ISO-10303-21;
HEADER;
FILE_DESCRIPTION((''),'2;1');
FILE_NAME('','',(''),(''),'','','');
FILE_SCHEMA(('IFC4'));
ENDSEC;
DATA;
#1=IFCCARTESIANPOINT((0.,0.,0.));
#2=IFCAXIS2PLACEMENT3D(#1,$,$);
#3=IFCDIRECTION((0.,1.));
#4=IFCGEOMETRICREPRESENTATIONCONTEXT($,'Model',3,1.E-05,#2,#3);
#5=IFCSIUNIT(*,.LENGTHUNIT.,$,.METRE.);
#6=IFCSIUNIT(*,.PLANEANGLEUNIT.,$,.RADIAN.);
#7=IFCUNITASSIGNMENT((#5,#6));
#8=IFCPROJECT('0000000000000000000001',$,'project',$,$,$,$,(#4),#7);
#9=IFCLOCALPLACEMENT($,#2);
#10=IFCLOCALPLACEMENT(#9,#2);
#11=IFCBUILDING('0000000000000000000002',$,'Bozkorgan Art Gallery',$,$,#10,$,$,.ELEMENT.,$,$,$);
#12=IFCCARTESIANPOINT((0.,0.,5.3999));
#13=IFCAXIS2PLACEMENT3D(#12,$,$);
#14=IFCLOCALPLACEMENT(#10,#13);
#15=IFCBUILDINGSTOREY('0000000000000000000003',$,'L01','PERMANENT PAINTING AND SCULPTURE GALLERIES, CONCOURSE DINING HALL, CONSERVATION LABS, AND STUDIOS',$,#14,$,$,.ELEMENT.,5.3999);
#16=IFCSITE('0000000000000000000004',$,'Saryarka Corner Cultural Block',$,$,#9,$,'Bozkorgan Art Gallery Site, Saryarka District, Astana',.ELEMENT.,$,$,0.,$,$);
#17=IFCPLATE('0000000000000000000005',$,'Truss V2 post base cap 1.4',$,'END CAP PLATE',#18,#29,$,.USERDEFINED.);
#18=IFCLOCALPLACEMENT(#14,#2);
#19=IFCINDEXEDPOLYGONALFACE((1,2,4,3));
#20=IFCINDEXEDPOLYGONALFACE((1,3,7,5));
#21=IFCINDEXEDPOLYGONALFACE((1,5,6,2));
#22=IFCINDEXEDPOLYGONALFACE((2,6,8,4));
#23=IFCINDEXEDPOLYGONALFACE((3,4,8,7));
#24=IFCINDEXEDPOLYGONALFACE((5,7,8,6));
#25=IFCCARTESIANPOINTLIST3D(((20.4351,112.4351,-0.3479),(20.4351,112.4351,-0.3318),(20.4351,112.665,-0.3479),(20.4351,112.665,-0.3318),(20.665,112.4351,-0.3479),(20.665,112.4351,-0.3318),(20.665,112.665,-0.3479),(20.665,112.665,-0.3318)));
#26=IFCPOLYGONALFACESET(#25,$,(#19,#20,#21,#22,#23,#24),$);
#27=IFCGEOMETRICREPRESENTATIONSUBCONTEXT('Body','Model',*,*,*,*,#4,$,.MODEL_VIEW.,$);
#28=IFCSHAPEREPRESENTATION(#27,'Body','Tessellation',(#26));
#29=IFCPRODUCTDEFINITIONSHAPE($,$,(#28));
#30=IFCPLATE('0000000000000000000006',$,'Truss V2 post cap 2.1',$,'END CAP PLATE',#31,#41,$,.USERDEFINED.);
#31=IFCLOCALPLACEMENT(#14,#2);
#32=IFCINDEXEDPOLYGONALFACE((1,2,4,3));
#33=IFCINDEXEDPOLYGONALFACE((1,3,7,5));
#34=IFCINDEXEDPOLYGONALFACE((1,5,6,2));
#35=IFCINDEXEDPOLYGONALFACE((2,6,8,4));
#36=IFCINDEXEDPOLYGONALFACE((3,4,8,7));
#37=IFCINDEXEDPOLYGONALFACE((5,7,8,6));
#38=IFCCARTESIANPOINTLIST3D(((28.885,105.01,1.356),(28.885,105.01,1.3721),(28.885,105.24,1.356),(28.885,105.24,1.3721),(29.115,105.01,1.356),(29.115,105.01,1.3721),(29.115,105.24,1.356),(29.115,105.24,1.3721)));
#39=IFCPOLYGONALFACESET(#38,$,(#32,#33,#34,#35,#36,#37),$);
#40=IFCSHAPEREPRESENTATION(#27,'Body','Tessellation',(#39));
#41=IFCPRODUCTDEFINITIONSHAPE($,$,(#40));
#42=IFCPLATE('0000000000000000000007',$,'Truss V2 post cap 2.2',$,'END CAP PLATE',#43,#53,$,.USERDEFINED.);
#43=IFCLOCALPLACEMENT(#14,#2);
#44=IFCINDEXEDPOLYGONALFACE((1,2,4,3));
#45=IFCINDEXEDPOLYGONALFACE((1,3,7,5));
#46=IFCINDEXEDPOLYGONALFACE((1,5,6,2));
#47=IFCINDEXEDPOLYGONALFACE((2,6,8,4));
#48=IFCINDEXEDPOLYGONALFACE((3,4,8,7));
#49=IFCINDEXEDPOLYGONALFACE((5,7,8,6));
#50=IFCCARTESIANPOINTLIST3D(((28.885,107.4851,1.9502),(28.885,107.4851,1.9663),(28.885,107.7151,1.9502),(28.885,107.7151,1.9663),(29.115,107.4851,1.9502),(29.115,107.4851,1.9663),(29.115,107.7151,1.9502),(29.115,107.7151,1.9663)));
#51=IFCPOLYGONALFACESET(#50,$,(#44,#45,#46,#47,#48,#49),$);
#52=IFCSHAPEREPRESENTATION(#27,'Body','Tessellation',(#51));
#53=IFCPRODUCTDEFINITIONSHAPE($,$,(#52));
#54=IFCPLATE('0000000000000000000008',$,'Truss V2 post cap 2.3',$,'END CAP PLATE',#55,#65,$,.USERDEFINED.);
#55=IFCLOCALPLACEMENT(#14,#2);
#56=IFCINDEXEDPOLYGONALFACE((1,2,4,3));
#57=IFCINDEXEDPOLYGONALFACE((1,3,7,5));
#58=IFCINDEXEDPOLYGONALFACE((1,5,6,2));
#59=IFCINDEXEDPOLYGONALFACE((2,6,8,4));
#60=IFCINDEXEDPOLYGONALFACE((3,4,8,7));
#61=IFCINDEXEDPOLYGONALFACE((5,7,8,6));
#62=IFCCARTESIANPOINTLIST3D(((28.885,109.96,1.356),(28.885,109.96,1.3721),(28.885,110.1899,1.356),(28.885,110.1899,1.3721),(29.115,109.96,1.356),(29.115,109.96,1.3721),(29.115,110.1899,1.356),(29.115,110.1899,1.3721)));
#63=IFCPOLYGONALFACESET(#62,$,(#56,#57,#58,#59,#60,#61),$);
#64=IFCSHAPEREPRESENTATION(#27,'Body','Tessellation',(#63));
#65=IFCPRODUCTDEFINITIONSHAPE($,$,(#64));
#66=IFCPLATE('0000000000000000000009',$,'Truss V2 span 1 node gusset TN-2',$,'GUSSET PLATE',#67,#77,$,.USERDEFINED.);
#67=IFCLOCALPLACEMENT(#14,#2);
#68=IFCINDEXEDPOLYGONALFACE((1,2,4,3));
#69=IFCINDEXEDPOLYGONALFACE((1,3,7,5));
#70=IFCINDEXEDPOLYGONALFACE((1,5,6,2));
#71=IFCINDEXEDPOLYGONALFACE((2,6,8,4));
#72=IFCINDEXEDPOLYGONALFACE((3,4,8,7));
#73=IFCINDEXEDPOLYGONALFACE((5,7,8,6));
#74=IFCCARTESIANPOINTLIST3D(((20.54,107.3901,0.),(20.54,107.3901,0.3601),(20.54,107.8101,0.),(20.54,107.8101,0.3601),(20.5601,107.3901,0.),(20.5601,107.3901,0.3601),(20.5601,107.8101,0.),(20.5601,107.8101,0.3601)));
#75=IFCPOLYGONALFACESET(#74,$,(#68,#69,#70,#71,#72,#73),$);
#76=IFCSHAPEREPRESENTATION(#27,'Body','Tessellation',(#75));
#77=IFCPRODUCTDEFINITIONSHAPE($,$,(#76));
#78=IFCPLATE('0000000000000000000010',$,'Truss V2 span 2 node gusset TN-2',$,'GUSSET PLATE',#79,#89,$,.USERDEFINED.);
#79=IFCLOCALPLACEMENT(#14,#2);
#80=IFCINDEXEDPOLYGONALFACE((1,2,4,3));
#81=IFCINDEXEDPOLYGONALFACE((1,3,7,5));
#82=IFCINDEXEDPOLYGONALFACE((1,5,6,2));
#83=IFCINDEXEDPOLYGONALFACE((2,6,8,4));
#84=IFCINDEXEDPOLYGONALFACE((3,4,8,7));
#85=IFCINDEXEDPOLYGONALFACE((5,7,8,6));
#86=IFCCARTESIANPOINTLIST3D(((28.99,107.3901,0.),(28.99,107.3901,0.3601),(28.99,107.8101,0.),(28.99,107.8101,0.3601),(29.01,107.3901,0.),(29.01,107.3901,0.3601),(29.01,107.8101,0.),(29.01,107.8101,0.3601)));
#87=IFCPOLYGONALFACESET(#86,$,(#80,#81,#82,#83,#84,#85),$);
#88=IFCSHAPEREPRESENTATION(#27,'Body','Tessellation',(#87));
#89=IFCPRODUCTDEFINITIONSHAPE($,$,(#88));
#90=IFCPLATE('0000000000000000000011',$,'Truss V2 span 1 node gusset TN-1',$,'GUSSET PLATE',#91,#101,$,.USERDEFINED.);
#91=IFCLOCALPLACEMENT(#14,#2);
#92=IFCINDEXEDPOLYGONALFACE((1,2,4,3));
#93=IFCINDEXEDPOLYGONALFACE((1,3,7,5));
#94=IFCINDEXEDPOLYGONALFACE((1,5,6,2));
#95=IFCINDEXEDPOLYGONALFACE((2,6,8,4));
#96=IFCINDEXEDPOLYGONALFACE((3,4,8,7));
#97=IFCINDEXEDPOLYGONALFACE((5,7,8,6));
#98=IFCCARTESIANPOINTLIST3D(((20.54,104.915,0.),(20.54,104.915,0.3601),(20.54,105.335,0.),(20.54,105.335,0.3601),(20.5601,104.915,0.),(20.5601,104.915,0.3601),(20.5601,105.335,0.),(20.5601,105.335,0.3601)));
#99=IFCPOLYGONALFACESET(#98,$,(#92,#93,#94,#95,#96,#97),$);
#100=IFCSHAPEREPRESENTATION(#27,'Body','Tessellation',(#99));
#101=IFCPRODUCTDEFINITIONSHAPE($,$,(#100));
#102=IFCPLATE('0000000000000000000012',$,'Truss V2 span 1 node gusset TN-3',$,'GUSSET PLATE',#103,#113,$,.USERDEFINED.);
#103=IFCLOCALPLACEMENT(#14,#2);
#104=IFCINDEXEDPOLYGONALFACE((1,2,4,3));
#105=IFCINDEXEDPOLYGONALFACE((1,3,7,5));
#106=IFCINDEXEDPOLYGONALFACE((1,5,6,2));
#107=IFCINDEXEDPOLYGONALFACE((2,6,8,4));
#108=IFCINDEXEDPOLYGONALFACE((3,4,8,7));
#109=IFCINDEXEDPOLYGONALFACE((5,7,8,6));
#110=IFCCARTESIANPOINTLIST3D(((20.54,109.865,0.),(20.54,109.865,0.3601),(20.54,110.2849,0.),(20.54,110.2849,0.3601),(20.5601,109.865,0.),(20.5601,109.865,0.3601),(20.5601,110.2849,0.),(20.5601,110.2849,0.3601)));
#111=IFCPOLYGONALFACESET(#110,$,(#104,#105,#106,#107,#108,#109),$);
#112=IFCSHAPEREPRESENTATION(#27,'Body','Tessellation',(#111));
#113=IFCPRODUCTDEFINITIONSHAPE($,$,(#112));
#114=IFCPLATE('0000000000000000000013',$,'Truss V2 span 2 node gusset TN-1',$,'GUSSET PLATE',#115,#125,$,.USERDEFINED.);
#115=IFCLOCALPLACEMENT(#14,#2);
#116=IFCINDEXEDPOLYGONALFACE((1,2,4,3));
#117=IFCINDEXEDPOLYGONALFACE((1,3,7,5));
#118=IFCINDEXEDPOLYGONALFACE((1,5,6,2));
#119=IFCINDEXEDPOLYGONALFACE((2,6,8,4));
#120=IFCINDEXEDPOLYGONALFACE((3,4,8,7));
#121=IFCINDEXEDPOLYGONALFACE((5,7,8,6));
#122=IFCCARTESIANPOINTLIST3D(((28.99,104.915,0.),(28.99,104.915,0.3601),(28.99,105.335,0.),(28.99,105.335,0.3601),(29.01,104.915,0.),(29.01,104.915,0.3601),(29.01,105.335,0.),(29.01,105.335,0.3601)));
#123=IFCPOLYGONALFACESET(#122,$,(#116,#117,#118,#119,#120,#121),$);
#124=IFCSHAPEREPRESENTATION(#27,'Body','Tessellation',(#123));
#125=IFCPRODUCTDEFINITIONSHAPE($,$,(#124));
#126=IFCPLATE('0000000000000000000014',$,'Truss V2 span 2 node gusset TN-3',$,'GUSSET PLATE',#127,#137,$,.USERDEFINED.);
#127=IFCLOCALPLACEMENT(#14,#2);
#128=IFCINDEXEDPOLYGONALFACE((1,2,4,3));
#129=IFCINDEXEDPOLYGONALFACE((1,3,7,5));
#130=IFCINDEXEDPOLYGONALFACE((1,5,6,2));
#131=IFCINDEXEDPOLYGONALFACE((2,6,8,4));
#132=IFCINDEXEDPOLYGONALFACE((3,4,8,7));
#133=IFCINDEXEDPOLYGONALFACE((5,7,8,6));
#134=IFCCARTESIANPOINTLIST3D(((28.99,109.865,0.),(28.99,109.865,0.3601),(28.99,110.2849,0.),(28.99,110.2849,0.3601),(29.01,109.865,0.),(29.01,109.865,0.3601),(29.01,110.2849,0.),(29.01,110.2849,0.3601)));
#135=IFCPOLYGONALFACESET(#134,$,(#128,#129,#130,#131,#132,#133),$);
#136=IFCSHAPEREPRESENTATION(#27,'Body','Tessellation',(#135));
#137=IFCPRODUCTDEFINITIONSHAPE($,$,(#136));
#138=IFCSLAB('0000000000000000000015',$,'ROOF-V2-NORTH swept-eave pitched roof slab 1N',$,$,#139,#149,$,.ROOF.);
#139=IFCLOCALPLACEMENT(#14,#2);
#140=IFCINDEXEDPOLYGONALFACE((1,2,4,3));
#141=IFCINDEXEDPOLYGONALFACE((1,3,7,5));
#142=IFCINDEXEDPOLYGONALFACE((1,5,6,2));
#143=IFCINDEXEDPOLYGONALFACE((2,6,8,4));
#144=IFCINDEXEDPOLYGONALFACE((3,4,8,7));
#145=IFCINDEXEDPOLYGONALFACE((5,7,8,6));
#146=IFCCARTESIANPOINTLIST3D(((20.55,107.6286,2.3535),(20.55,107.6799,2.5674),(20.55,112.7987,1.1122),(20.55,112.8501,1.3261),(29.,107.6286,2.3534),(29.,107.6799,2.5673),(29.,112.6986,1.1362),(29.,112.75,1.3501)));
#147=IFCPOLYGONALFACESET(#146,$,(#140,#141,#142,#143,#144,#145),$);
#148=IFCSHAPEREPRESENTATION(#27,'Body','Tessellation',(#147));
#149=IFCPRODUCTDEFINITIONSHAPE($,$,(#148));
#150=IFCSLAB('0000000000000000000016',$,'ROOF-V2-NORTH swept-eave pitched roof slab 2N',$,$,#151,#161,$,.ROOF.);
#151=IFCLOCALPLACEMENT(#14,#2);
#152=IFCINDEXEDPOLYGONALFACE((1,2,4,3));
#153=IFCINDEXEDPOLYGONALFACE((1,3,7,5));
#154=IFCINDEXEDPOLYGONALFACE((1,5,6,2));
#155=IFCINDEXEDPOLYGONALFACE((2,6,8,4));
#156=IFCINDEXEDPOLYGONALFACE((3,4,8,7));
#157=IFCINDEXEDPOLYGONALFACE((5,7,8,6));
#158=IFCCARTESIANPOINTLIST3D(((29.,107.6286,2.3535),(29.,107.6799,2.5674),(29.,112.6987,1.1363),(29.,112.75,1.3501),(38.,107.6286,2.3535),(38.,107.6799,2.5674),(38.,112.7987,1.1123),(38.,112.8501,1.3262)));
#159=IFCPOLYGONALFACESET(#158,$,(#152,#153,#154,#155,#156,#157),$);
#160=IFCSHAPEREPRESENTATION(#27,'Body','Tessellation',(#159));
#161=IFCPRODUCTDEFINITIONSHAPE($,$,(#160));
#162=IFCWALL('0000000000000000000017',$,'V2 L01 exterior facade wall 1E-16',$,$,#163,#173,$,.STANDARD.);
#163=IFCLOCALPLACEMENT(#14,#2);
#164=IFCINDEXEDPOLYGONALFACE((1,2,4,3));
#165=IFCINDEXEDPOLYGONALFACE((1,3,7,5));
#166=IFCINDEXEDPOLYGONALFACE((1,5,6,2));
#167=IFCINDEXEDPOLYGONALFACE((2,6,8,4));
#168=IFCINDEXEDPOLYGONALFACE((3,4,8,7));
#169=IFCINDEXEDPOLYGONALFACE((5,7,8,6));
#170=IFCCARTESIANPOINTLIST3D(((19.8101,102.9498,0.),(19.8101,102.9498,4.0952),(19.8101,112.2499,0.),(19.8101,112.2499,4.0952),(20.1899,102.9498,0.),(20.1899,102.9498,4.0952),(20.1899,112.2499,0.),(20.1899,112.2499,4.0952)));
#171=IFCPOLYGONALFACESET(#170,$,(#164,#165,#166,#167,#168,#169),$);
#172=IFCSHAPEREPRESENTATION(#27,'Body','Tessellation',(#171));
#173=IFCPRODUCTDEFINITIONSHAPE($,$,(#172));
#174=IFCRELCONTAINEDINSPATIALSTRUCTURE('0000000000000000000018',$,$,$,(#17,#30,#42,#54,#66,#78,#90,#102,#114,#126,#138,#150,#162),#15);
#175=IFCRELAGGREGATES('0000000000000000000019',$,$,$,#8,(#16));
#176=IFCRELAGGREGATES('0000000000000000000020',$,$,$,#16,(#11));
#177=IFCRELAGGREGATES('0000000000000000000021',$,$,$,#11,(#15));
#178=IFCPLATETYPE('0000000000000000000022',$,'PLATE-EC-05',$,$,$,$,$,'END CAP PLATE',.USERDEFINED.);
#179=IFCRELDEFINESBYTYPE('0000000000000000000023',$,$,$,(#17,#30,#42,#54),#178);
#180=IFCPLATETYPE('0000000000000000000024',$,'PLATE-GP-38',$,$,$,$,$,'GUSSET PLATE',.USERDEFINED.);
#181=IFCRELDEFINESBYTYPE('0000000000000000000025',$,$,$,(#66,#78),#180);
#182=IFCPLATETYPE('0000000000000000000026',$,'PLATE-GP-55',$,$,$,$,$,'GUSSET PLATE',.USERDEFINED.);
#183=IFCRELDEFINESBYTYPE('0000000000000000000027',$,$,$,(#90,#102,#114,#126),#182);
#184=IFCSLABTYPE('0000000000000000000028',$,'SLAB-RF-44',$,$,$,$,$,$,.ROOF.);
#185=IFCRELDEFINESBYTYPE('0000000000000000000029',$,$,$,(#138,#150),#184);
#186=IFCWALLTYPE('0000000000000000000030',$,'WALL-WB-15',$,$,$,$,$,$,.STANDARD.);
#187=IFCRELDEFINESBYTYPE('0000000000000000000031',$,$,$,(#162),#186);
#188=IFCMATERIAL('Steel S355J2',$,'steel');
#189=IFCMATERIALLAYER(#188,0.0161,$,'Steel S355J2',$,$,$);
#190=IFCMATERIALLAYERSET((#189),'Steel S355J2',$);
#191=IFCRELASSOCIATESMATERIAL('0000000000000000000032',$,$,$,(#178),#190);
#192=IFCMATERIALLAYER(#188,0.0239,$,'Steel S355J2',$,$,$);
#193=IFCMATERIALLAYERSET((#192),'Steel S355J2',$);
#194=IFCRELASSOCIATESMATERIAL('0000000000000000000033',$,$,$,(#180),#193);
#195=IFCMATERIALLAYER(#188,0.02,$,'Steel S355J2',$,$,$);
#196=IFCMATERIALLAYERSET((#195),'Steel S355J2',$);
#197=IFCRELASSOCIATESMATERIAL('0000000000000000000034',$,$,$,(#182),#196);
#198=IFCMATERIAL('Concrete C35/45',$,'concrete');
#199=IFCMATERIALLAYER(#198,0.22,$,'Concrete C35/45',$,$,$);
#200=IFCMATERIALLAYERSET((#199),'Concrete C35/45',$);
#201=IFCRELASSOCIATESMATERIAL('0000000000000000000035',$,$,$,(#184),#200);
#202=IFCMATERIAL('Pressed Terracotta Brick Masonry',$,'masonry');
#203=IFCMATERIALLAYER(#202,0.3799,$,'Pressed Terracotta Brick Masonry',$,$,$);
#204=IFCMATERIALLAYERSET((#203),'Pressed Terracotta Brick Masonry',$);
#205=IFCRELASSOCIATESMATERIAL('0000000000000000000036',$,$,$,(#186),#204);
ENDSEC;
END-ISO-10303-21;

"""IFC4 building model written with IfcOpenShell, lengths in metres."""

from ifc_helpers import new_model, si_unit, direction, frame, frame_2d, origin, origin_2d, place, context, subcontext, project, spatial, polyline, rectangle, outline, extrude, material, layer, layer_set, type_object, element, save


model = new_model("IFC4")

# Units and contexts
model_context = context("Model", 3, precision=1e-05, world=origin(), true_north=direction((0.0, 1.0)))
body_context = subcontext(model_context, "Body", "Model", "MODEL_VIEW")
ifc_project = project(units=[si_unit("LENGTHUNIT", "METRE"), si_unit("PLANEANGLEUNIT", "RADIAN")], contexts=[model_context])

# Site, building, storey
site_placement = place(None, origin())
site = spatial("IfcSite", under=ifc_project, at=site_placement, Name="Saryarka Corner Cultural Block", LongName="Bozkorgan Art Gallery Site, Saryarka District, Astana", CompositionType="ELEMENT", RefElevation=0.0)
building_placement = place(site_placement, origin())
building = spatial("IfcBuilding", under=site, at=building_placement, Name="Bozkorgan Art Gallery", CompositionType="ELEMENT")
storey_placement = place(building_placement, frame((0.0, 0.0, 5.3999)))
storey = spatial("IfcBuildingStorey", under=building, at=storey_placement, Name="L01", Description="PERMANENT PAINTING AND SCULPTURE GALLERIES, CONCOURSE DINING HALL, CONSERVATION LABS, AND STUDIOS", CompositionType="ELEMENT", Elevation=5.3999)

# Shared definitions
ifc_material_1 = material(Name="Steel S355J2", Category="steel")

# Plates
ifc_layer_1 = layer(ifc_material_1, 0.0161, Name="Steel S355J2")
ifc_layer_set_1 = layer_set([ifc_layer_1], Name="Steel S355J2")
plate_type_1 = type_object("IfcPlateType", Name="PLATE-EC-05", ElementType="END CAP PLATE", PredefinedType="USERDEFINED", material=ifc_layer_set_1)
for number, where, z_axis, x_axis, name in (
    (1, (20.55, 112.55, -0.3479), (0.0, 0.0, 1.0), (1.0, 0.0, 0.0), "Truss V2 post base cap 1.4"),
    (2, (29.0, 105.125, 1.356), (0.0, 0.0, 1.0), (1.0, 0.0, 0.0), "Truss V2 post cap 2.1"),
    (3, (29.0, 107.6001, 1.9502), (0.0, 0.0, 1.0), (1.0, 0.0, 0.0), "Truss V2 post cap 2.2"),
    (4, (29.0, 110.075, 1.356), (0.0, 0.0, 1.0), (1.0, 0.0, 0.0), "Truss V2 post cap 2.3"),
):
    element("IfcPlate", number, at=place(storey_placement, frame(where, z_axis=z_axis, x_axis=x_axis)), inside=storey, type_object=plate_type_1, Name=name, ObjectType="END CAP PLATE", PredefinedType="USERDEFINED", context=body_context, shape_type="SweptSolid", body=[
        extrude(rectangle(XDim=0.23, YDim=0.23, at=origin_2d()), origin(), (0.0, 0.0, 1.0), 0.0161),
    ])
ifc_layer_2 = layer(ifc_material_1, 0.0239, Name="Steel S355J2")
ifc_layer_set_2 = layer_set([ifc_layer_2], Name="Steel S355J2")
plate_type_2 = type_object("IfcPlateType", Name="PLATE-GP-38", ElementType="GUSSET PLATE", PredefinedType="USERDEFINED", material=ifc_layer_set_2)
for number, where, z_axis, x_axis, name in (
    (5, (20.55, 107.6001, 0.0), (0.0, 0.0, 1.0), (1.0, 0.0, 0.0), "Truss V2 span 1 node gusset TN-2"),
    (6, (29.0, 107.6001, 0.0), (0.0, 0.0, 1.0), (1.0, 0.0, 0.0), "Truss V2 span 2 node gusset TN-2"),
):
    element("IfcPlate", number, at=place(storey_placement, frame(where, z_axis=z_axis, x_axis=x_axis)), inside=storey, type_object=plate_type_2, Name=name, ObjectType="GUSSET PLATE", PredefinedType="USERDEFINED", context=body_context, shape_type="SweptSolid", body=[
        extrude(rectangle(XDim=0.02, YDim=0.4199, at=origin_2d()), origin(), (0.0, 0.0, 1.0), 0.3601),
    ])
ifc_layer_3 = layer(ifc_material_1, 0.02, Name="Steel S355J2")
ifc_layer_set_3 = layer_set([ifc_layer_3], Name="Steel S355J2")
plate_type_3 = type_object("IfcPlateType", Name="PLATE-GP-55", ElementType="GUSSET PLATE", PredefinedType="USERDEFINED", material=ifc_layer_set_3)
for number, where, z_axis, x_axis, name in (
    (7, (20.55, 105.125, 0.0), (0.0, 0.0, 1.0), (1.0, 0.0, 0.0), "Truss V2 span 1 node gusset TN-1"),
    (8, (20.55, 110.075, 0.0), (0.0, 0.0, 1.0), (1.0, 0.0, 0.0), "Truss V2 span 1 node gusset TN-3"),
    (9, (29.0, 105.125, 0.0), (0.0, 0.0, 1.0), (1.0, 0.0, 0.0), "Truss V2 span 2 node gusset TN-1"),
    (10, (29.0, 110.075, 0.0), (0.0, 0.0, 1.0), (1.0, 0.0, 0.0), "Truss V2 span 2 node gusset TN-3"),
):
    element("IfcPlate", number, at=place(storey_placement, frame(where, z_axis=z_axis, x_axis=x_axis)), inside=storey, type_object=plate_type_3, Name=name, ObjectType="GUSSET PLATE", PredefinedType="USERDEFINED", context=body_context, shape_type="SweptSolid", body=[
        extrude(rectangle(XDim=0.02, YDim=0.4199, at=origin_2d()), origin(), (0.0, 0.0, 1.0), 0.3601),
    ])

# Slabs
ifc_material_2 = material(Name="Concrete C35/45", Category="concrete")
ifc_layer_4 = layer(ifc_material_2, 0.22, Name="Concrete C35/45")
ifc_layer_set_4 = layer_set([ifc_layer_4], Name="Concrete C35/45")
slab_type = type_object("IfcSlabType", Name="SLAB-RF-44", PredefinedType="ROOF", material=ifc_layer_set_4)
slab_1_placement = place(storey_placement, frame((20.55, 107.6799, 2.5674), z_axis=(0.000006, 0.233448, 0.972369), x_axis=(1.0, -0.000001, -0.000006)))
element("IfcSlab", 11, at=slab_1_placement, inside=storey, type_object=slab_type, Name="ROOF-V2-NORTH swept-eave pitched roof slab 1N", PredefinedType="ROOF", context=body_context, shape_type="SweptSolid", body=[
    extrude(outline(polyline([(0.0, 0.0), (8.45, 0.0), (8.45, 5.2142), (0.0, 5.3171), (0.0, 0.0)])), origin(), (0.0, 0.0, -1.0), 0.22),
])
slab_2_placement = place(storey_placement, frame((29.0, 107.6799, 2.5674), z_axis=(-0.000006, 0.233448, 0.972369), x_axis=(1.0, 0.000001, 0.000006)))
element("IfcSlab", 12, at=slab_2_placement, inside=storey, type_object=slab_type, Name="ROOF-V2-NORTH swept-eave pitched roof slab 2N", PredefinedType="ROOF", context=body_context, shape_type="SweptSolid", body=[
    extrude(outline(polyline([(0.0, 0.0), (9.0, 0.0), (9.0, 5.3171), (0.0, 5.2142), (0.0, 0.0)])), origin(), (0.0, 0.0, -1.0), 0.22),
])

# Wall
ifc_material_3 = material(Name="Pressed Terracotta Brick Masonry", Category="masonry")
ifc_layer_5 = layer(ifc_material_3, 0.3799, Name="Pressed Terracotta Brick Masonry")
ifc_layer_set_5 = layer_set([ifc_layer_5], Name="Pressed Terracotta Brick Masonry")
wall_type = type_object("IfcWallType", Name="WALL-WB-15", PredefinedType="STANDARD", material=ifc_layer_set_5)
wall_placement = place(storey_placement, frame((20.0, 102.95, 0.0), z_axis=(0.0, 0.0, 1.0), x_axis=(0.0, 1.0, 0.0)))
element("IfcWall", 13, at=wall_placement, inside=storey, type_object=wall_type, Name="V2 L01 exterior facade wall 1E-16", PredefinedType="STANDARD", context=body_context, shape_type="SweptSolid", body=[
    extrude(rectangle(XDim=9.3, YDim=0.3799, at=frame_2d((4.6499, 0.0))), origin(), (0.0, 0.0, 1.0), 4.0952),
])

save(model, "model.ifc")
